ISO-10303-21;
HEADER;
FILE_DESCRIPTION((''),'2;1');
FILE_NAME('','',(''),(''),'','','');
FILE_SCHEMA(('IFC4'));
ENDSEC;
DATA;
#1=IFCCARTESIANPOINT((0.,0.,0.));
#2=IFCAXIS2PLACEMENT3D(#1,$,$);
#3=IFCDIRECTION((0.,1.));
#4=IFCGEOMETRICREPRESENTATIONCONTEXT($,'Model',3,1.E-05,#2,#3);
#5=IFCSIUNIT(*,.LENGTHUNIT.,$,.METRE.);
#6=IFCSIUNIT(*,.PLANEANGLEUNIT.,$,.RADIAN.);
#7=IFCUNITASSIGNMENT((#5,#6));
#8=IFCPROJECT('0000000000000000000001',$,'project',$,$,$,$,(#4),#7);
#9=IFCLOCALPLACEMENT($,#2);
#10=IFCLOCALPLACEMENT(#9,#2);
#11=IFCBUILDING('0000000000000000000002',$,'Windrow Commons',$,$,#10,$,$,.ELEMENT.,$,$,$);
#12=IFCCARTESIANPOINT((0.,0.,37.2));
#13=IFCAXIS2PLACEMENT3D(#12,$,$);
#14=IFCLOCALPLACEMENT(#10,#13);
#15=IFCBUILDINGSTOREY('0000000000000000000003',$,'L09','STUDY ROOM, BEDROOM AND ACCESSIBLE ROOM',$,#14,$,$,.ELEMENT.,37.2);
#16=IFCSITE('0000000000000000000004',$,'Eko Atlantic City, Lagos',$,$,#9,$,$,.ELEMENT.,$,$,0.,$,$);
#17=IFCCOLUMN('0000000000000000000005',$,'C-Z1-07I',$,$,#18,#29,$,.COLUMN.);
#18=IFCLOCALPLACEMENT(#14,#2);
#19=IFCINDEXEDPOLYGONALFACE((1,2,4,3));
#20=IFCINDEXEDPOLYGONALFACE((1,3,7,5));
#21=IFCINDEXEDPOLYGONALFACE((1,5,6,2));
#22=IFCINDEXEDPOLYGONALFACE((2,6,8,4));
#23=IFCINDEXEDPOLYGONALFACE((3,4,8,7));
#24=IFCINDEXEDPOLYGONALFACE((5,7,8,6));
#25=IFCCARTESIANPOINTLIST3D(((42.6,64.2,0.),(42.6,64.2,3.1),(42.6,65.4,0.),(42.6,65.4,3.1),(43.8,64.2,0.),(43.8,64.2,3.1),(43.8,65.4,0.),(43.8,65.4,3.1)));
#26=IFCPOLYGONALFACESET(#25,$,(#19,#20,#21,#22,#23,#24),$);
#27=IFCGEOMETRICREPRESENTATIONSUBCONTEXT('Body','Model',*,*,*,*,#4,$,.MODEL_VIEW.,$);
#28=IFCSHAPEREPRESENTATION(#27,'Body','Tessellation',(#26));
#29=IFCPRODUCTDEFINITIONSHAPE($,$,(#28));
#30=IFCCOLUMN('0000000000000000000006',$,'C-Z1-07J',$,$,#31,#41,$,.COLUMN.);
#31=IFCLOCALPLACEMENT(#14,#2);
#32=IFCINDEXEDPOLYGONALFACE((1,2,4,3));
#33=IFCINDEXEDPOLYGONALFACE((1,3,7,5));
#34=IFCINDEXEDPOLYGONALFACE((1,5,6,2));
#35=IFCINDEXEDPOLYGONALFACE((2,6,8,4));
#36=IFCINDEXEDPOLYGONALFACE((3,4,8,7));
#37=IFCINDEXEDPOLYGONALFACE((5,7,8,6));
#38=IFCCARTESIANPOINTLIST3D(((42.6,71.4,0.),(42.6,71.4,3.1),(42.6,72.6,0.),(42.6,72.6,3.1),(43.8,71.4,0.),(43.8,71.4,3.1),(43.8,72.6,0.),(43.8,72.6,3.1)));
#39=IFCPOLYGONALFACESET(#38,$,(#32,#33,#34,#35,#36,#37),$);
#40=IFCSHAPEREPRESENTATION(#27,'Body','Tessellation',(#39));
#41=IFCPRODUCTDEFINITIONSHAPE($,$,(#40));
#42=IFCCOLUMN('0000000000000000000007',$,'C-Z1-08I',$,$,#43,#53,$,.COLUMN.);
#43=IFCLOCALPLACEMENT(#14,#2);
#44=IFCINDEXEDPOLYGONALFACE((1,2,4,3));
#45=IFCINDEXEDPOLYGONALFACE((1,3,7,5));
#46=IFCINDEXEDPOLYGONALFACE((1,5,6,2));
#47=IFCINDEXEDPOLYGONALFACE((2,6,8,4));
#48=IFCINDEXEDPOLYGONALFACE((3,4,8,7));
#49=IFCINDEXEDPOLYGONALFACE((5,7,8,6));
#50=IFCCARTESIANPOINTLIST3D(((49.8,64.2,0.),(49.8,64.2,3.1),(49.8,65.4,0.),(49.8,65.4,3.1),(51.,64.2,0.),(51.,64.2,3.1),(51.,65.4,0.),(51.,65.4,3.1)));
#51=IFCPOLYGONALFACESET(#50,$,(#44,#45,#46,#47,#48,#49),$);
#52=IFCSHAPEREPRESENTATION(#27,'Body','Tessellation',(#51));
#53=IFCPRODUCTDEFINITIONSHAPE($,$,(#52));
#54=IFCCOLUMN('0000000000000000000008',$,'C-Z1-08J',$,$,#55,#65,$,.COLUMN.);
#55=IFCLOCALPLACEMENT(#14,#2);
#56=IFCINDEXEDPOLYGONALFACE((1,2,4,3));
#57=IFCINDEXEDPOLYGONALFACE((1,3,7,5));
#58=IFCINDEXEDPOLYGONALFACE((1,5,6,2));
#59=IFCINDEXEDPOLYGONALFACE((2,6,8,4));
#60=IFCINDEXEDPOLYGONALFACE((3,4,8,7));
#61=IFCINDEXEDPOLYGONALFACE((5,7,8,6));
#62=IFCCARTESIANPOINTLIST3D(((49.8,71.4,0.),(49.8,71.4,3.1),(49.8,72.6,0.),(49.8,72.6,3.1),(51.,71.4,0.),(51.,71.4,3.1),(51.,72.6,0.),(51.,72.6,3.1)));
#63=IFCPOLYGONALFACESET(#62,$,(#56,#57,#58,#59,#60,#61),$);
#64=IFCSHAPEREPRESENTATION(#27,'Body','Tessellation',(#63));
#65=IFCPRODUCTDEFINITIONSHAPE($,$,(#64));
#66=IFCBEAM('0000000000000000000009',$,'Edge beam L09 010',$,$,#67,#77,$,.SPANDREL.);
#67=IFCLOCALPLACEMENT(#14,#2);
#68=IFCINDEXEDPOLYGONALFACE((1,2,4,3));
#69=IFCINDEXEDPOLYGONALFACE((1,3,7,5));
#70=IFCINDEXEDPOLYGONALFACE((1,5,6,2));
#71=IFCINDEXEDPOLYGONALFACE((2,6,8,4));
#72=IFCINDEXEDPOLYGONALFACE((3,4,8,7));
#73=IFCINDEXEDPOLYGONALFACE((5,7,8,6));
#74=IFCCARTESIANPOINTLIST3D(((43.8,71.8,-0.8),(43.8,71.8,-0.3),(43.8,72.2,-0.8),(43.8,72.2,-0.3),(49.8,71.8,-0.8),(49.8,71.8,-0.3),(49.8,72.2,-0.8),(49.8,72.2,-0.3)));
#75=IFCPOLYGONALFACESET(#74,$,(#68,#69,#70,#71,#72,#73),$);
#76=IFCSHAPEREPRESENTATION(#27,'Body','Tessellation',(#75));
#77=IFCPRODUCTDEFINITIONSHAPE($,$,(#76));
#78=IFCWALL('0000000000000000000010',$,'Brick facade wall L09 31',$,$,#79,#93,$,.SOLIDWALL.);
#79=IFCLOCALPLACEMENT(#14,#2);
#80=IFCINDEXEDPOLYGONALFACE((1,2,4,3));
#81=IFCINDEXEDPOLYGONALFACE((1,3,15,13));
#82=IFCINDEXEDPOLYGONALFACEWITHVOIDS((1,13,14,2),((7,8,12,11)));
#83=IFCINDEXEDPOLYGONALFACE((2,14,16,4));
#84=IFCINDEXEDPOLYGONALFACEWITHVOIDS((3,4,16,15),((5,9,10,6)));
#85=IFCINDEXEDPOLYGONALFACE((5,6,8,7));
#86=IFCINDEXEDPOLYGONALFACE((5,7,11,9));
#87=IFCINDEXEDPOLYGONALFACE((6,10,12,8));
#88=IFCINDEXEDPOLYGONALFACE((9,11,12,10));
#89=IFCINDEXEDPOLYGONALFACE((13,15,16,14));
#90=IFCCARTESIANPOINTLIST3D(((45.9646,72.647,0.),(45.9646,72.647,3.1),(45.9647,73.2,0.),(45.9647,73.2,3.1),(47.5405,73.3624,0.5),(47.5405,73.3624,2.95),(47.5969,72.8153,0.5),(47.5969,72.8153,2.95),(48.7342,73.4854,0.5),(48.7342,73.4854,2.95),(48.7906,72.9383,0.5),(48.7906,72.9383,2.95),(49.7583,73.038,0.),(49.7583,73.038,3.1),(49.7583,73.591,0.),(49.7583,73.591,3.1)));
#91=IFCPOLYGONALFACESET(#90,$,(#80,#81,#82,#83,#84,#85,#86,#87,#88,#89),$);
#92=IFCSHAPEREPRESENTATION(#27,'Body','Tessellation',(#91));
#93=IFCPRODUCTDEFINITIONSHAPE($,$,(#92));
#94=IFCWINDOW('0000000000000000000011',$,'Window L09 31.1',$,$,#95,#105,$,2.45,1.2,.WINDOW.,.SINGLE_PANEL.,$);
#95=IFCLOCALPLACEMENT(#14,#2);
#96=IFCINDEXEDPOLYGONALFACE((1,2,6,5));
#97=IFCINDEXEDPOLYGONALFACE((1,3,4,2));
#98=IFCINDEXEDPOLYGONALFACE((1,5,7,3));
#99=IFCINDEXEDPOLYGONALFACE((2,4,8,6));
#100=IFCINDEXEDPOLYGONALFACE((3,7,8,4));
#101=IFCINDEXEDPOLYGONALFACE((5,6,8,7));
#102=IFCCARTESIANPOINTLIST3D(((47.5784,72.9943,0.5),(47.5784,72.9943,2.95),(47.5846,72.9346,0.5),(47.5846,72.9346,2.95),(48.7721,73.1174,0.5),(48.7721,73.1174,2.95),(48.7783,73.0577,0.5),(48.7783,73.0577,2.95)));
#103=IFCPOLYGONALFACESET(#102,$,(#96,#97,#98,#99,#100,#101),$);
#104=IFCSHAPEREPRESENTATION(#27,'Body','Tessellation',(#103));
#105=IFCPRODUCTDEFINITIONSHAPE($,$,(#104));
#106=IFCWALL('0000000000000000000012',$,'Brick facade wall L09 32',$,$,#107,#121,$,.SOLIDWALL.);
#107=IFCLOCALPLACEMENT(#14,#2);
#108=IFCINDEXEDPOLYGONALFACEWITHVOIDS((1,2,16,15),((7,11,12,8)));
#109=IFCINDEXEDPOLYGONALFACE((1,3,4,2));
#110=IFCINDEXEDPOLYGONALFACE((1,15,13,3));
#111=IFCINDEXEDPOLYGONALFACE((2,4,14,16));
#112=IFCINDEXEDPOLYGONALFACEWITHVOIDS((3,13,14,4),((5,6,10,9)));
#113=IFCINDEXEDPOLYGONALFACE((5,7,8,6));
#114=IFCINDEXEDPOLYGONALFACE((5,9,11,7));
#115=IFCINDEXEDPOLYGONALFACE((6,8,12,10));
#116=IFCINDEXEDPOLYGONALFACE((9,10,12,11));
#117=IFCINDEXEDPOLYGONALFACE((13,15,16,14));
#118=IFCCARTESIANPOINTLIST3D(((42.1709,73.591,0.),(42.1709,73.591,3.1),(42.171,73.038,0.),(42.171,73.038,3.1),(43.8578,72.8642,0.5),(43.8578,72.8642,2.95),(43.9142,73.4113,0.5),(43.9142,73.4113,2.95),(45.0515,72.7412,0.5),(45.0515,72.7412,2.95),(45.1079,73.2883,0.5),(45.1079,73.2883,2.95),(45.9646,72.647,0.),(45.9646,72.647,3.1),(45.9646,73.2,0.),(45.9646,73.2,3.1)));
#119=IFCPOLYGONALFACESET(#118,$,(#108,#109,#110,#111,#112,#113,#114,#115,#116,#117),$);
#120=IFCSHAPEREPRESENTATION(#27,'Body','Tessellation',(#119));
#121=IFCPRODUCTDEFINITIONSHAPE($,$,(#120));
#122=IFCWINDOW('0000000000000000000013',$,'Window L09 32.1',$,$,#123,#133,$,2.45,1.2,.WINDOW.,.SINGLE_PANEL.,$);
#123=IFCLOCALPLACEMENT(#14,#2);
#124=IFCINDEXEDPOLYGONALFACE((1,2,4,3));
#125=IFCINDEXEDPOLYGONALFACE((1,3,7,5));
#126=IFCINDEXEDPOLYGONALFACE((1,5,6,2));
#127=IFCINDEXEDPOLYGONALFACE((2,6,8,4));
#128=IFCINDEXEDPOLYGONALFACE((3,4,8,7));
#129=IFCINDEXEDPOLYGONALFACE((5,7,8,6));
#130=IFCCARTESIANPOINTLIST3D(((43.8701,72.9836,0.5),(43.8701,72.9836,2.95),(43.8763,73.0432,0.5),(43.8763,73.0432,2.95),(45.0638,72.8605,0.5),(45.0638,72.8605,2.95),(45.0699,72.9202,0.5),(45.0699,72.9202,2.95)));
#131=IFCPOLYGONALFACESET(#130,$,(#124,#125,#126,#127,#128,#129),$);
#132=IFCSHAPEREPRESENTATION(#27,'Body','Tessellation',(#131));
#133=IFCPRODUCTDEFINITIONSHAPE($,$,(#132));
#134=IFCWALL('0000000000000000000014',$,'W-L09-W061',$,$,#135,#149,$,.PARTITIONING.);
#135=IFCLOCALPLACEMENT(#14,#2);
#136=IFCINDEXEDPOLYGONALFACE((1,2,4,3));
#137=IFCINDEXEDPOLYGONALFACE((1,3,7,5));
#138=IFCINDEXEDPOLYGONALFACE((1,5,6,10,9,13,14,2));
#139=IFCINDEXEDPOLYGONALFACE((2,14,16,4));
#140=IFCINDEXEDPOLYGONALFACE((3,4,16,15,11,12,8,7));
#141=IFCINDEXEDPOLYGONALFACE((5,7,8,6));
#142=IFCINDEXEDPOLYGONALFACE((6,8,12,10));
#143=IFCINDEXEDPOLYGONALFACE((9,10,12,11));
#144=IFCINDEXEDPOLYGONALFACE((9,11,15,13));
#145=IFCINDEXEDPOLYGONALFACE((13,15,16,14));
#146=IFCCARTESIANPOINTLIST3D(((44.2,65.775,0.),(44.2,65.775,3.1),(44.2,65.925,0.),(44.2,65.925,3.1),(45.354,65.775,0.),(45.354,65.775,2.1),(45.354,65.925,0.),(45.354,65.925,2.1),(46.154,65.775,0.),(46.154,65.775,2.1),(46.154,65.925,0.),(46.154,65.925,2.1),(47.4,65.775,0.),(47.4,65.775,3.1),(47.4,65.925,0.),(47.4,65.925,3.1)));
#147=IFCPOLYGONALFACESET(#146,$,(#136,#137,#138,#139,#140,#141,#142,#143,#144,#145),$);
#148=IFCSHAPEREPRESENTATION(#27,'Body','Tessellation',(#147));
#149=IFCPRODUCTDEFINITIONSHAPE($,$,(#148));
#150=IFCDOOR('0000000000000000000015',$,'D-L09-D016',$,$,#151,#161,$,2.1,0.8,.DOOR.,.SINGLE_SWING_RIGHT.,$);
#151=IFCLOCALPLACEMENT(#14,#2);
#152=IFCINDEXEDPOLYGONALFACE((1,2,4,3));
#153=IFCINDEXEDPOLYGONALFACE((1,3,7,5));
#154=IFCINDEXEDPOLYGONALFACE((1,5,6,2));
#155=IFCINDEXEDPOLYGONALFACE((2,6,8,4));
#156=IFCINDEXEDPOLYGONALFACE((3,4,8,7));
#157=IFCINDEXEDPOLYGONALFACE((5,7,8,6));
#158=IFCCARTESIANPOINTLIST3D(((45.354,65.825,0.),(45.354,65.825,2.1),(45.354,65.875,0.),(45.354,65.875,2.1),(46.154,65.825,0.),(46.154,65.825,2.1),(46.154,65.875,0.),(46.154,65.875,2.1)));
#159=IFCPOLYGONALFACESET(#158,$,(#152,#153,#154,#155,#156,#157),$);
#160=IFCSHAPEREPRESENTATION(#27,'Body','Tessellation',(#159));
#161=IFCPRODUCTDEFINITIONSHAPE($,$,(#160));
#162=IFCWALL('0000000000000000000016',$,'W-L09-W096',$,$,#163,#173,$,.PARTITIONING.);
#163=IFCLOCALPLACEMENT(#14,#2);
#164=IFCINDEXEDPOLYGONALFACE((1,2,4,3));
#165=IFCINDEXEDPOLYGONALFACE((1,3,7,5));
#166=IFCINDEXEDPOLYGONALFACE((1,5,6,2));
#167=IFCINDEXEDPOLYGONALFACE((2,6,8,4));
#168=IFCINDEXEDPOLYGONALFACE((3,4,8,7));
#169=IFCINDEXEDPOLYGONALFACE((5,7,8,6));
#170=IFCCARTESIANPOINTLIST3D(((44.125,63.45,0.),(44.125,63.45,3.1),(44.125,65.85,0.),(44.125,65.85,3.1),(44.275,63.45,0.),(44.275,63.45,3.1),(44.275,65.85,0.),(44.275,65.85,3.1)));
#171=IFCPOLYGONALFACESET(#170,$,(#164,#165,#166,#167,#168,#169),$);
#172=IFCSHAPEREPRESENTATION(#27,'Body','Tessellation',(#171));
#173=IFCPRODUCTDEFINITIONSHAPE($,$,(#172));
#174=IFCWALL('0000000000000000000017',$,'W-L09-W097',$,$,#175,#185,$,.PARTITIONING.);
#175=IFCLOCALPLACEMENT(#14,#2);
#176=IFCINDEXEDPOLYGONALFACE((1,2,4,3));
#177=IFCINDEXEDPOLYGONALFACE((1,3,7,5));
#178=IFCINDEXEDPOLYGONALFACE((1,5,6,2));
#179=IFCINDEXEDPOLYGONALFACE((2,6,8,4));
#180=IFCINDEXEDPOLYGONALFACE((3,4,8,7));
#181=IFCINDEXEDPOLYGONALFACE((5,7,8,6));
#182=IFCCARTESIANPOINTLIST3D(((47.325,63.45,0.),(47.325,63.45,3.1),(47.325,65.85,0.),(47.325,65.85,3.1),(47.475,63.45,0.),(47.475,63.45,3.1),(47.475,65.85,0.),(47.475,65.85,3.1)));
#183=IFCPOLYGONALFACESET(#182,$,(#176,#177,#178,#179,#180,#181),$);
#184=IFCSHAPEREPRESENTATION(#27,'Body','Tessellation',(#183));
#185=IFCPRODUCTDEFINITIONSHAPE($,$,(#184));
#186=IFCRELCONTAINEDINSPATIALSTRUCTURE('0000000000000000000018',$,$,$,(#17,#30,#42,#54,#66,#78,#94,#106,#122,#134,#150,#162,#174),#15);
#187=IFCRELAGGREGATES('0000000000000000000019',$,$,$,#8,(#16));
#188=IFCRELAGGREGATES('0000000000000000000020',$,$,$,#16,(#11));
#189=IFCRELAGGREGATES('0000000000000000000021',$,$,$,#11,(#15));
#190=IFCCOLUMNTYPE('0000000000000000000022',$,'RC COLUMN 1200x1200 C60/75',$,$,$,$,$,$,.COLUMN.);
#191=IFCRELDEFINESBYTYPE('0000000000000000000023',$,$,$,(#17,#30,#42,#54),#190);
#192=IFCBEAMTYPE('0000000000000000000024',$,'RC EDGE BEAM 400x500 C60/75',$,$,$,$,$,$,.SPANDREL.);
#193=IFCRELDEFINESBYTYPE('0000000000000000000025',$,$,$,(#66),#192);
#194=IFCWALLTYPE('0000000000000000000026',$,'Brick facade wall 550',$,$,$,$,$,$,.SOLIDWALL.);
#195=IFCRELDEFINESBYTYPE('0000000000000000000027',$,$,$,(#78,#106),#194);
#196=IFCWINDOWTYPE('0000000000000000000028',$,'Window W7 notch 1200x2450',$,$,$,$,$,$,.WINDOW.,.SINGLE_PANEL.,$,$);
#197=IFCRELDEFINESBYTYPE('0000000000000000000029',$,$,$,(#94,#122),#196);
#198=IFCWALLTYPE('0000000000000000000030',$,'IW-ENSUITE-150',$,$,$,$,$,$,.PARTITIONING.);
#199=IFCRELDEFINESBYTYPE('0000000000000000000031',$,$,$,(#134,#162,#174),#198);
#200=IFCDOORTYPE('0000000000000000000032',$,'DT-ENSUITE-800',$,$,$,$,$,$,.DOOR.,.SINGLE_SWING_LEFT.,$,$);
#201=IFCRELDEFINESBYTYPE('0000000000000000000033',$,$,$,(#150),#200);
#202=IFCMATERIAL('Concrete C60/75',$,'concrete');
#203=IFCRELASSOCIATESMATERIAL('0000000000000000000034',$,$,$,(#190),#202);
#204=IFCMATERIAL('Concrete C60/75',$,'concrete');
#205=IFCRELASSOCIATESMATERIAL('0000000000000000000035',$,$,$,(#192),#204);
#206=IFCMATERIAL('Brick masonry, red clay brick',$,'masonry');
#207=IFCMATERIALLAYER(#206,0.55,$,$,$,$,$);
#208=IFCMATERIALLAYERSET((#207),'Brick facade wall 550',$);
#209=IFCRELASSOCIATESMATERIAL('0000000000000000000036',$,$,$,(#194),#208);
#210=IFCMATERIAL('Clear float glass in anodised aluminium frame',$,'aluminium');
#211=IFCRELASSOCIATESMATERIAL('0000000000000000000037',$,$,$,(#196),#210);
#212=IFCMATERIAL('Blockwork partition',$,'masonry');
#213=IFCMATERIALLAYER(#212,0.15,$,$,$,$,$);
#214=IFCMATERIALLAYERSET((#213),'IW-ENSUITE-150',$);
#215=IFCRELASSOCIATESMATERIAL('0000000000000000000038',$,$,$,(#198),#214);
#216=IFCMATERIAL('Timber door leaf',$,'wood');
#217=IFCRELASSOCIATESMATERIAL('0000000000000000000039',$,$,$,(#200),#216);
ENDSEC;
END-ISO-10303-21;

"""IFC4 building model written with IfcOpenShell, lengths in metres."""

from ifc_helpers import new_model, si_unit, direction, frame, frame_2d, origin, origin_2d, place, context, subcontext, project, spatial, polyline, rectangle, outline, extrude, material, layer, layer_set, material_profile, profile_set, type_object, element, fill, save


model = new_model("IFC4")

# Units and contexts
model_context = context("Model", 3, precision=1e-05, world=origin(), true_north=direction((0.0, 1.0)))
body_context = subcontext(model_context, "Body", "Model", "MODEL_VIEW")
ifc_project = project(units=[si_unit("LENGTHUNIT", "METRE"), si_unit("PLANEANGLEUNIT", "RADIAN")], contexts=[model_context])

# Site, building, storey
site_placement = place(None, origin())
site = spatial("IfcSite", under=ifc_project, at=site_placement, Name="Eko Atlantic City, Lagos", CompositionType="ELEMENT", RefElevation=0.0)
building_placement = place(site_placement, origin())
building = spatial("IfcBuilding", under=site, at=building_placement, Name="Windrow Commons", CompositionType="ELEMENT")
storey_placement = place(building_placement, frame((0.0, 0.0, 37.2)))
storey = spatial("IfcBuildingStorey", under=building, at=storey_placement, Name="L09", Description="STUDY ROOM, BEDROOM AND ACCESSIBLE ROOM", CompositionType="ELEMENT", Elevation=37.2)

# Columns
ifc_material_1 = material(Name="Concrete C60/75", Category="concrete")
ifc_material_profile_1 = material_profile(ifc_material_1, rectangle(XDim=1.2, YDim=1.2, at=origin_2d()))
ifc_profile_set_1 = profile_set([ifc_material_profile_1], Name="Concrete C60/75")
column_type = type_object("IfcColumnType", Name="RC COLUMN 1200x1200 C60/75", PredefinedType="COLUMN", material=ifc_profile_set_1)
for number, where, z_axis, x_axis, name in (
    (1, (43.2, 64.8, 0.0), (0.0, 0.0, 1.0), (1.0, 0.0, 0.0), "C-Z1-07I"),
    (2, (43.2, 72.0, 0.0), (0.0, 0.0, 1.0), (1.0, 0.0, 0.0), "C-Z1-07J"),
    (3, (50.4, 64.8, 0.0), (0.0, 0.0, 1.0), (1.0, 0.0, 0.0), "C-Z1-08I"),
    (4, (50.4, 72.0, 0.0), (0.0, 0.0, 1.0), (1.0, 0.0, 0.0), "C-Z1-08J"),
):
    element("IfcColumn", number, at=place(storey_placement, frame(where, z_axis=z_axis, x_axis=x_axis)), inside=storey, type_object=column_type, Name=name, PredefinedType="COLUMN", context=body_context, shape_type="SweptSolid", body=[
        extrude(rectangle(XDim=1.2, YDim=1.2, at=origin_2d()), origin(), (0.0, 0.0, 1.0), 3.1),
    ])

# Beam
ifc_material_2 = material(Name="Concrete C60/75", Category="concrete")
ifc_material_profile_2 = material_profile(ifc_material_2, rectangle(XDim=0.4, YDim=0.5, at=origin_2d()))
ifc_profile_set_2 = profile_set([ifc_material_profile_2], Name="Concrete C60/75")
beam_type = type_object("IfcBeamType", Name="RC EDGE BEAM 400x500 C60/75", PredefinedType="SPANDREL", material=ifc_profile_set_2)
beam_placement = place(storey_placement, frame((43.8, 72.0, -0.55), z_axis=(1.0, 0.0, 0.0), x_axis=(0.0, 1.0, 0.0)))
element("IfcBeam", 5, at=beam_placement, inside=storey, type_object=beam_type, Name="Edge beam L09 010", PredefinedType="SPANDREL", context=body_context, shape_type="SweptSolid", body=[
    extrude(rectangle(XDim=0.4, YDim=0.5, at=origin_2d()), origin(), (0.0, 0.0, 1.0), 6.0),
])

# Walls, openings, windows
ifc_material_3 = material(Name="Brick masonry, red clay brick", Category="masonry")
ifc_layer_1 = layer(ifc_material_3, 0.55)
ifc_layer_set_1 = layer_set([ifc_layer_1], Name="Brick facade wall 550")
wall_type_1 = type_object("IfcWallType", Name="Brick facade wall 550", PredefinedType="SOLIDWALL", material=ifc_layer_set_1)
wall_1_placement = place(storey_placement, frame((49.7583, 73.3145, 0.0), z_axis=(0.0, 0.0, 1.0), x_axis=(-0.994731, -0.102523, 0.0)))
wall_1 = element("IfcWall", 6, at=wall_1_placement, inside=storey, type_object=wall_type_1, Name="Brick facade wall L09 31", PredefinedType="SOLIDWALL", context=body_context, shape_type="SweptSolid", body=[
    extrude(outline(polyline([(-0.0283, -0.275), (3.7854, -0.275), (3.8421, 0.275), (0.0283, 0.275), (-0.0283, -0.275)])), origin(), (0.0, 0.0, 1.0), 3.1),
])
opening_1_placement = place(wall_1_placement, frame((1.0012, 0.0, 0.5)))
opening_1 = element("IfcOpeningElement", 7, at=opening_1_placement, cuts=wall_1, PredefinedType="OPENING", context=body_context, shape_type="SweptSolid", body=[
    extrude(rectangle(XDim=1.2, YDim=2.45, at=frame_2d((0.6, 1.225))), frame((0.0, 0.285, 0.0), z_axis=(0.0, -1.0, 0.0), x_axis=(1.0, 0.0, 0.0)), (0.0, 0.0, 1.0), 0.57),
])
ifc_material_4 = material(Name="Clear float glass in anodised aluminium frame", Category="aluminium")
window_type = type_object("IfcWindowType", Name="Window W7 notch 1200x2450", PartitioningType="SINGLE_PANEL", PredefinedType="WINDOW", material=ifc_material_4)
window_1_placement = place(opening_1_placement, origin())
window_1 = element("IfcWindow", 8, at=window_1_placement, inside=storey, type_object=window_type, Name="Window L09 31.1", OverallHeight=2.45, OverallWidth=1.2, PartitioningType="SINGLE_PANEL", PredefinedType="WINDOW", context=body_context, shape_type="SweptSolid", body=[
    extrude(rectangle(XDim=1.2, YDim=2.45, at=frame_2d((0.6, 1.225))), frame((0.0, 0.155, 0.0), z_axis=(0.0, -1.0, 0.0), x_axis=(1.0, 0.0, 0.0)), (0.0, 0.0, 1.0), 0.06),
])
fill(opening_1, window_1)
wall_2_placement = place(storey_placement, frame((45.9646, 72.9235, 0.0), z_axis=(0.0, 0.0, 1.0), x_axis=(-0.99473, 0.102525, 0.0)))
wall_2 = element("IfcWall", 9, at=wall_2_placement, inside=storey, type_object=wall_type_1, Name="Brick facade wall L09 32", PredefinedType="SOLIDWALL", context=body_context, shape_type="SweptSolid", body=[
    extrude(outline(polyline([(0.0283, -0.275), (3.8421, -0.275), (3.7854, 0.275), (-0.0283, 0.275), (0.0283, -0.275)])), origin(), (0.0, 0.0, 1.0), 3.1),
])
opening_2_placement = place(wall_2_placement, frame((0.8896, 0.0, 0.5)))
opening_2 = element("IfcOpeningElement", 10, at=opening_2_placement, cuts=wall_2, PredefinedType="OPENING", context=body_context, shape_type="SweptSolid", body=[
    extrude(rectangle(XDim=1.2, YDim=2.45, at=frame_2d((0.6, 1.225))), frame((0.0, 0.285, 0.0), z_axis=(0.0, -1.0, 0.0), x_axis=(1.0, 0.0, 0.0)), (0.0, 0.0, 1.0), 0.57),
])
window_2_placement = place(opening_2_placement, origin())
window_2 = element("IfcWindow", 11, at=window_2_placement, inside=storey, type_object=window_type, Name="Window L09 32.1", OverallHeight=2.45, OverallWidth=1.2, PartitioningType="SINGLE_PANEL", PredefinedType="WINDOW", context=body_context, shape_type="SweptSolid", body=[
    extrude(rectangle(XDim=1.2, YDim=2.45, at=frame_2d((0.6, 1.225))), frame((0.0, 0.155, 0.0), z_axis=(0.0, -1.0, 0.0), x_axis=(1.0, 0.0, 0.0)), (0.0, 0.0, 1.0), 0.06),
])
fill(opening_2, window_2)

# Wall, opening, door
ifc_material_5 = material(Name="Blockwork partition", Category="masonry")
ifc_layer_2 = layer(ifc_material_5, 0.15)
ifc_layer_set_2 = layer_set([ifc_layer_2], Name="IW-ENSUITE-150")
wall_type_2 = type_object("IfcWallType", Name="IW-ENSUITE-150", PredefinedType="PARTITIONING", material=ifc_layer_set_2)
wall_3_placement = place(storey_placement, frame((44.2, 65.85, 0.0), z_axis=(0.0, 0.0, 1.0), x_axis=(1.0, 0.0, 0.0)))
wall_3 = element("IfcWall", 12, at=wall_3_placement, inside=storey, type_object=wall_type_2, Name="W-L09-W061", PredefinedType="PARTITIONING", context=body_context, shape_type="SweptSolid", body=[
    extrude(rectangle(XDim=3.2, YDim=0.15, at=frame_2d((1.6, 0.0))), origin(), (0.0, 0.0, 1.0), 3.1),
])
opening_3_placement = place(wall_3_placement, frame((1.154, 0.0, 0.0)))
opening_3 = element("IfcOpeningElement", 13, at=opening_3_placement, cuts=wall_3, PredefinedType="OPENING", context=body_context, shape_type="SweptSolid", body=[
    extrude(rectangle(XDim=0.8, YDim=2.1, at=frame_2d((0.4, 1.05))), frame((0.0, 0.085, 0.0), z_axis=(0.0, -1.0, 0.0), x_axis=(1.0, 0.0, 0.0)), (0.0, 0.0, 1.0), 0.17),
])
ifc_material_6 = material(Name="Timber door leaf", Category="wood")
door_type = type_object("IfcDoorType", Name="DT-ENSUITE-800", OperationType="SINGLE_SWING_LEFT", PredefinedType="DOOR", material=ifc_material_6)
door_placement = place(opening_3_placement, origin())
door = element("IfcDoor", 14, at=door_placement, inside=storey, type_object=door_type, Name="D-L09-D016", OperationType="SINGLE_SWING_RIGHT", OverallHeight=2.1, OverallWidth=0.8, PredefinedType="DOOR", context=body_context, shape_type="SweptSolid", body=[
    extrude(rectangle(XDim=0.8, YDim=2.1, at=frame_2d((0.4, 1.05))), frame((0.0, 0.025, 0.0), z_axis=(0.0, -1.0, 0.0), x_axis=(1.0, 0.0, 0.0)), (0.0, 0.0, 1.0), 0.05),
])
fill(opening_3, door)

# Walls
for number, where, z_axis, x_axis, name in (
    (15, (44.2, 63.45, 0.0), (0.0, 0.0, 1.0), (0.0, 1.0, 0.0), "W-L09-W096"),
    (16, (47.4, 63.45, 0.0), (0.0, 0.0, 1.0), (0.0, 1.0, 0.0), "W-L09-W097"),
):
    element("IfcWall", number, at=place(storey_placement, frame(where, z_axis=z_axis, x_axis=x_axis)), inside=storey, type_object=wall_type_2, Name=name, PredefinedType="PARTITIONING", context=body_context, shape_type="SweptSolid", body=[
        extrude(rectangle(XDim=2.4, YDim=0.15, at=frame_2d((1.2, 0.0))), origin(), (0.0, 0.0, 1.0), 3.1),
    ])

save(model, "model.ifc")
